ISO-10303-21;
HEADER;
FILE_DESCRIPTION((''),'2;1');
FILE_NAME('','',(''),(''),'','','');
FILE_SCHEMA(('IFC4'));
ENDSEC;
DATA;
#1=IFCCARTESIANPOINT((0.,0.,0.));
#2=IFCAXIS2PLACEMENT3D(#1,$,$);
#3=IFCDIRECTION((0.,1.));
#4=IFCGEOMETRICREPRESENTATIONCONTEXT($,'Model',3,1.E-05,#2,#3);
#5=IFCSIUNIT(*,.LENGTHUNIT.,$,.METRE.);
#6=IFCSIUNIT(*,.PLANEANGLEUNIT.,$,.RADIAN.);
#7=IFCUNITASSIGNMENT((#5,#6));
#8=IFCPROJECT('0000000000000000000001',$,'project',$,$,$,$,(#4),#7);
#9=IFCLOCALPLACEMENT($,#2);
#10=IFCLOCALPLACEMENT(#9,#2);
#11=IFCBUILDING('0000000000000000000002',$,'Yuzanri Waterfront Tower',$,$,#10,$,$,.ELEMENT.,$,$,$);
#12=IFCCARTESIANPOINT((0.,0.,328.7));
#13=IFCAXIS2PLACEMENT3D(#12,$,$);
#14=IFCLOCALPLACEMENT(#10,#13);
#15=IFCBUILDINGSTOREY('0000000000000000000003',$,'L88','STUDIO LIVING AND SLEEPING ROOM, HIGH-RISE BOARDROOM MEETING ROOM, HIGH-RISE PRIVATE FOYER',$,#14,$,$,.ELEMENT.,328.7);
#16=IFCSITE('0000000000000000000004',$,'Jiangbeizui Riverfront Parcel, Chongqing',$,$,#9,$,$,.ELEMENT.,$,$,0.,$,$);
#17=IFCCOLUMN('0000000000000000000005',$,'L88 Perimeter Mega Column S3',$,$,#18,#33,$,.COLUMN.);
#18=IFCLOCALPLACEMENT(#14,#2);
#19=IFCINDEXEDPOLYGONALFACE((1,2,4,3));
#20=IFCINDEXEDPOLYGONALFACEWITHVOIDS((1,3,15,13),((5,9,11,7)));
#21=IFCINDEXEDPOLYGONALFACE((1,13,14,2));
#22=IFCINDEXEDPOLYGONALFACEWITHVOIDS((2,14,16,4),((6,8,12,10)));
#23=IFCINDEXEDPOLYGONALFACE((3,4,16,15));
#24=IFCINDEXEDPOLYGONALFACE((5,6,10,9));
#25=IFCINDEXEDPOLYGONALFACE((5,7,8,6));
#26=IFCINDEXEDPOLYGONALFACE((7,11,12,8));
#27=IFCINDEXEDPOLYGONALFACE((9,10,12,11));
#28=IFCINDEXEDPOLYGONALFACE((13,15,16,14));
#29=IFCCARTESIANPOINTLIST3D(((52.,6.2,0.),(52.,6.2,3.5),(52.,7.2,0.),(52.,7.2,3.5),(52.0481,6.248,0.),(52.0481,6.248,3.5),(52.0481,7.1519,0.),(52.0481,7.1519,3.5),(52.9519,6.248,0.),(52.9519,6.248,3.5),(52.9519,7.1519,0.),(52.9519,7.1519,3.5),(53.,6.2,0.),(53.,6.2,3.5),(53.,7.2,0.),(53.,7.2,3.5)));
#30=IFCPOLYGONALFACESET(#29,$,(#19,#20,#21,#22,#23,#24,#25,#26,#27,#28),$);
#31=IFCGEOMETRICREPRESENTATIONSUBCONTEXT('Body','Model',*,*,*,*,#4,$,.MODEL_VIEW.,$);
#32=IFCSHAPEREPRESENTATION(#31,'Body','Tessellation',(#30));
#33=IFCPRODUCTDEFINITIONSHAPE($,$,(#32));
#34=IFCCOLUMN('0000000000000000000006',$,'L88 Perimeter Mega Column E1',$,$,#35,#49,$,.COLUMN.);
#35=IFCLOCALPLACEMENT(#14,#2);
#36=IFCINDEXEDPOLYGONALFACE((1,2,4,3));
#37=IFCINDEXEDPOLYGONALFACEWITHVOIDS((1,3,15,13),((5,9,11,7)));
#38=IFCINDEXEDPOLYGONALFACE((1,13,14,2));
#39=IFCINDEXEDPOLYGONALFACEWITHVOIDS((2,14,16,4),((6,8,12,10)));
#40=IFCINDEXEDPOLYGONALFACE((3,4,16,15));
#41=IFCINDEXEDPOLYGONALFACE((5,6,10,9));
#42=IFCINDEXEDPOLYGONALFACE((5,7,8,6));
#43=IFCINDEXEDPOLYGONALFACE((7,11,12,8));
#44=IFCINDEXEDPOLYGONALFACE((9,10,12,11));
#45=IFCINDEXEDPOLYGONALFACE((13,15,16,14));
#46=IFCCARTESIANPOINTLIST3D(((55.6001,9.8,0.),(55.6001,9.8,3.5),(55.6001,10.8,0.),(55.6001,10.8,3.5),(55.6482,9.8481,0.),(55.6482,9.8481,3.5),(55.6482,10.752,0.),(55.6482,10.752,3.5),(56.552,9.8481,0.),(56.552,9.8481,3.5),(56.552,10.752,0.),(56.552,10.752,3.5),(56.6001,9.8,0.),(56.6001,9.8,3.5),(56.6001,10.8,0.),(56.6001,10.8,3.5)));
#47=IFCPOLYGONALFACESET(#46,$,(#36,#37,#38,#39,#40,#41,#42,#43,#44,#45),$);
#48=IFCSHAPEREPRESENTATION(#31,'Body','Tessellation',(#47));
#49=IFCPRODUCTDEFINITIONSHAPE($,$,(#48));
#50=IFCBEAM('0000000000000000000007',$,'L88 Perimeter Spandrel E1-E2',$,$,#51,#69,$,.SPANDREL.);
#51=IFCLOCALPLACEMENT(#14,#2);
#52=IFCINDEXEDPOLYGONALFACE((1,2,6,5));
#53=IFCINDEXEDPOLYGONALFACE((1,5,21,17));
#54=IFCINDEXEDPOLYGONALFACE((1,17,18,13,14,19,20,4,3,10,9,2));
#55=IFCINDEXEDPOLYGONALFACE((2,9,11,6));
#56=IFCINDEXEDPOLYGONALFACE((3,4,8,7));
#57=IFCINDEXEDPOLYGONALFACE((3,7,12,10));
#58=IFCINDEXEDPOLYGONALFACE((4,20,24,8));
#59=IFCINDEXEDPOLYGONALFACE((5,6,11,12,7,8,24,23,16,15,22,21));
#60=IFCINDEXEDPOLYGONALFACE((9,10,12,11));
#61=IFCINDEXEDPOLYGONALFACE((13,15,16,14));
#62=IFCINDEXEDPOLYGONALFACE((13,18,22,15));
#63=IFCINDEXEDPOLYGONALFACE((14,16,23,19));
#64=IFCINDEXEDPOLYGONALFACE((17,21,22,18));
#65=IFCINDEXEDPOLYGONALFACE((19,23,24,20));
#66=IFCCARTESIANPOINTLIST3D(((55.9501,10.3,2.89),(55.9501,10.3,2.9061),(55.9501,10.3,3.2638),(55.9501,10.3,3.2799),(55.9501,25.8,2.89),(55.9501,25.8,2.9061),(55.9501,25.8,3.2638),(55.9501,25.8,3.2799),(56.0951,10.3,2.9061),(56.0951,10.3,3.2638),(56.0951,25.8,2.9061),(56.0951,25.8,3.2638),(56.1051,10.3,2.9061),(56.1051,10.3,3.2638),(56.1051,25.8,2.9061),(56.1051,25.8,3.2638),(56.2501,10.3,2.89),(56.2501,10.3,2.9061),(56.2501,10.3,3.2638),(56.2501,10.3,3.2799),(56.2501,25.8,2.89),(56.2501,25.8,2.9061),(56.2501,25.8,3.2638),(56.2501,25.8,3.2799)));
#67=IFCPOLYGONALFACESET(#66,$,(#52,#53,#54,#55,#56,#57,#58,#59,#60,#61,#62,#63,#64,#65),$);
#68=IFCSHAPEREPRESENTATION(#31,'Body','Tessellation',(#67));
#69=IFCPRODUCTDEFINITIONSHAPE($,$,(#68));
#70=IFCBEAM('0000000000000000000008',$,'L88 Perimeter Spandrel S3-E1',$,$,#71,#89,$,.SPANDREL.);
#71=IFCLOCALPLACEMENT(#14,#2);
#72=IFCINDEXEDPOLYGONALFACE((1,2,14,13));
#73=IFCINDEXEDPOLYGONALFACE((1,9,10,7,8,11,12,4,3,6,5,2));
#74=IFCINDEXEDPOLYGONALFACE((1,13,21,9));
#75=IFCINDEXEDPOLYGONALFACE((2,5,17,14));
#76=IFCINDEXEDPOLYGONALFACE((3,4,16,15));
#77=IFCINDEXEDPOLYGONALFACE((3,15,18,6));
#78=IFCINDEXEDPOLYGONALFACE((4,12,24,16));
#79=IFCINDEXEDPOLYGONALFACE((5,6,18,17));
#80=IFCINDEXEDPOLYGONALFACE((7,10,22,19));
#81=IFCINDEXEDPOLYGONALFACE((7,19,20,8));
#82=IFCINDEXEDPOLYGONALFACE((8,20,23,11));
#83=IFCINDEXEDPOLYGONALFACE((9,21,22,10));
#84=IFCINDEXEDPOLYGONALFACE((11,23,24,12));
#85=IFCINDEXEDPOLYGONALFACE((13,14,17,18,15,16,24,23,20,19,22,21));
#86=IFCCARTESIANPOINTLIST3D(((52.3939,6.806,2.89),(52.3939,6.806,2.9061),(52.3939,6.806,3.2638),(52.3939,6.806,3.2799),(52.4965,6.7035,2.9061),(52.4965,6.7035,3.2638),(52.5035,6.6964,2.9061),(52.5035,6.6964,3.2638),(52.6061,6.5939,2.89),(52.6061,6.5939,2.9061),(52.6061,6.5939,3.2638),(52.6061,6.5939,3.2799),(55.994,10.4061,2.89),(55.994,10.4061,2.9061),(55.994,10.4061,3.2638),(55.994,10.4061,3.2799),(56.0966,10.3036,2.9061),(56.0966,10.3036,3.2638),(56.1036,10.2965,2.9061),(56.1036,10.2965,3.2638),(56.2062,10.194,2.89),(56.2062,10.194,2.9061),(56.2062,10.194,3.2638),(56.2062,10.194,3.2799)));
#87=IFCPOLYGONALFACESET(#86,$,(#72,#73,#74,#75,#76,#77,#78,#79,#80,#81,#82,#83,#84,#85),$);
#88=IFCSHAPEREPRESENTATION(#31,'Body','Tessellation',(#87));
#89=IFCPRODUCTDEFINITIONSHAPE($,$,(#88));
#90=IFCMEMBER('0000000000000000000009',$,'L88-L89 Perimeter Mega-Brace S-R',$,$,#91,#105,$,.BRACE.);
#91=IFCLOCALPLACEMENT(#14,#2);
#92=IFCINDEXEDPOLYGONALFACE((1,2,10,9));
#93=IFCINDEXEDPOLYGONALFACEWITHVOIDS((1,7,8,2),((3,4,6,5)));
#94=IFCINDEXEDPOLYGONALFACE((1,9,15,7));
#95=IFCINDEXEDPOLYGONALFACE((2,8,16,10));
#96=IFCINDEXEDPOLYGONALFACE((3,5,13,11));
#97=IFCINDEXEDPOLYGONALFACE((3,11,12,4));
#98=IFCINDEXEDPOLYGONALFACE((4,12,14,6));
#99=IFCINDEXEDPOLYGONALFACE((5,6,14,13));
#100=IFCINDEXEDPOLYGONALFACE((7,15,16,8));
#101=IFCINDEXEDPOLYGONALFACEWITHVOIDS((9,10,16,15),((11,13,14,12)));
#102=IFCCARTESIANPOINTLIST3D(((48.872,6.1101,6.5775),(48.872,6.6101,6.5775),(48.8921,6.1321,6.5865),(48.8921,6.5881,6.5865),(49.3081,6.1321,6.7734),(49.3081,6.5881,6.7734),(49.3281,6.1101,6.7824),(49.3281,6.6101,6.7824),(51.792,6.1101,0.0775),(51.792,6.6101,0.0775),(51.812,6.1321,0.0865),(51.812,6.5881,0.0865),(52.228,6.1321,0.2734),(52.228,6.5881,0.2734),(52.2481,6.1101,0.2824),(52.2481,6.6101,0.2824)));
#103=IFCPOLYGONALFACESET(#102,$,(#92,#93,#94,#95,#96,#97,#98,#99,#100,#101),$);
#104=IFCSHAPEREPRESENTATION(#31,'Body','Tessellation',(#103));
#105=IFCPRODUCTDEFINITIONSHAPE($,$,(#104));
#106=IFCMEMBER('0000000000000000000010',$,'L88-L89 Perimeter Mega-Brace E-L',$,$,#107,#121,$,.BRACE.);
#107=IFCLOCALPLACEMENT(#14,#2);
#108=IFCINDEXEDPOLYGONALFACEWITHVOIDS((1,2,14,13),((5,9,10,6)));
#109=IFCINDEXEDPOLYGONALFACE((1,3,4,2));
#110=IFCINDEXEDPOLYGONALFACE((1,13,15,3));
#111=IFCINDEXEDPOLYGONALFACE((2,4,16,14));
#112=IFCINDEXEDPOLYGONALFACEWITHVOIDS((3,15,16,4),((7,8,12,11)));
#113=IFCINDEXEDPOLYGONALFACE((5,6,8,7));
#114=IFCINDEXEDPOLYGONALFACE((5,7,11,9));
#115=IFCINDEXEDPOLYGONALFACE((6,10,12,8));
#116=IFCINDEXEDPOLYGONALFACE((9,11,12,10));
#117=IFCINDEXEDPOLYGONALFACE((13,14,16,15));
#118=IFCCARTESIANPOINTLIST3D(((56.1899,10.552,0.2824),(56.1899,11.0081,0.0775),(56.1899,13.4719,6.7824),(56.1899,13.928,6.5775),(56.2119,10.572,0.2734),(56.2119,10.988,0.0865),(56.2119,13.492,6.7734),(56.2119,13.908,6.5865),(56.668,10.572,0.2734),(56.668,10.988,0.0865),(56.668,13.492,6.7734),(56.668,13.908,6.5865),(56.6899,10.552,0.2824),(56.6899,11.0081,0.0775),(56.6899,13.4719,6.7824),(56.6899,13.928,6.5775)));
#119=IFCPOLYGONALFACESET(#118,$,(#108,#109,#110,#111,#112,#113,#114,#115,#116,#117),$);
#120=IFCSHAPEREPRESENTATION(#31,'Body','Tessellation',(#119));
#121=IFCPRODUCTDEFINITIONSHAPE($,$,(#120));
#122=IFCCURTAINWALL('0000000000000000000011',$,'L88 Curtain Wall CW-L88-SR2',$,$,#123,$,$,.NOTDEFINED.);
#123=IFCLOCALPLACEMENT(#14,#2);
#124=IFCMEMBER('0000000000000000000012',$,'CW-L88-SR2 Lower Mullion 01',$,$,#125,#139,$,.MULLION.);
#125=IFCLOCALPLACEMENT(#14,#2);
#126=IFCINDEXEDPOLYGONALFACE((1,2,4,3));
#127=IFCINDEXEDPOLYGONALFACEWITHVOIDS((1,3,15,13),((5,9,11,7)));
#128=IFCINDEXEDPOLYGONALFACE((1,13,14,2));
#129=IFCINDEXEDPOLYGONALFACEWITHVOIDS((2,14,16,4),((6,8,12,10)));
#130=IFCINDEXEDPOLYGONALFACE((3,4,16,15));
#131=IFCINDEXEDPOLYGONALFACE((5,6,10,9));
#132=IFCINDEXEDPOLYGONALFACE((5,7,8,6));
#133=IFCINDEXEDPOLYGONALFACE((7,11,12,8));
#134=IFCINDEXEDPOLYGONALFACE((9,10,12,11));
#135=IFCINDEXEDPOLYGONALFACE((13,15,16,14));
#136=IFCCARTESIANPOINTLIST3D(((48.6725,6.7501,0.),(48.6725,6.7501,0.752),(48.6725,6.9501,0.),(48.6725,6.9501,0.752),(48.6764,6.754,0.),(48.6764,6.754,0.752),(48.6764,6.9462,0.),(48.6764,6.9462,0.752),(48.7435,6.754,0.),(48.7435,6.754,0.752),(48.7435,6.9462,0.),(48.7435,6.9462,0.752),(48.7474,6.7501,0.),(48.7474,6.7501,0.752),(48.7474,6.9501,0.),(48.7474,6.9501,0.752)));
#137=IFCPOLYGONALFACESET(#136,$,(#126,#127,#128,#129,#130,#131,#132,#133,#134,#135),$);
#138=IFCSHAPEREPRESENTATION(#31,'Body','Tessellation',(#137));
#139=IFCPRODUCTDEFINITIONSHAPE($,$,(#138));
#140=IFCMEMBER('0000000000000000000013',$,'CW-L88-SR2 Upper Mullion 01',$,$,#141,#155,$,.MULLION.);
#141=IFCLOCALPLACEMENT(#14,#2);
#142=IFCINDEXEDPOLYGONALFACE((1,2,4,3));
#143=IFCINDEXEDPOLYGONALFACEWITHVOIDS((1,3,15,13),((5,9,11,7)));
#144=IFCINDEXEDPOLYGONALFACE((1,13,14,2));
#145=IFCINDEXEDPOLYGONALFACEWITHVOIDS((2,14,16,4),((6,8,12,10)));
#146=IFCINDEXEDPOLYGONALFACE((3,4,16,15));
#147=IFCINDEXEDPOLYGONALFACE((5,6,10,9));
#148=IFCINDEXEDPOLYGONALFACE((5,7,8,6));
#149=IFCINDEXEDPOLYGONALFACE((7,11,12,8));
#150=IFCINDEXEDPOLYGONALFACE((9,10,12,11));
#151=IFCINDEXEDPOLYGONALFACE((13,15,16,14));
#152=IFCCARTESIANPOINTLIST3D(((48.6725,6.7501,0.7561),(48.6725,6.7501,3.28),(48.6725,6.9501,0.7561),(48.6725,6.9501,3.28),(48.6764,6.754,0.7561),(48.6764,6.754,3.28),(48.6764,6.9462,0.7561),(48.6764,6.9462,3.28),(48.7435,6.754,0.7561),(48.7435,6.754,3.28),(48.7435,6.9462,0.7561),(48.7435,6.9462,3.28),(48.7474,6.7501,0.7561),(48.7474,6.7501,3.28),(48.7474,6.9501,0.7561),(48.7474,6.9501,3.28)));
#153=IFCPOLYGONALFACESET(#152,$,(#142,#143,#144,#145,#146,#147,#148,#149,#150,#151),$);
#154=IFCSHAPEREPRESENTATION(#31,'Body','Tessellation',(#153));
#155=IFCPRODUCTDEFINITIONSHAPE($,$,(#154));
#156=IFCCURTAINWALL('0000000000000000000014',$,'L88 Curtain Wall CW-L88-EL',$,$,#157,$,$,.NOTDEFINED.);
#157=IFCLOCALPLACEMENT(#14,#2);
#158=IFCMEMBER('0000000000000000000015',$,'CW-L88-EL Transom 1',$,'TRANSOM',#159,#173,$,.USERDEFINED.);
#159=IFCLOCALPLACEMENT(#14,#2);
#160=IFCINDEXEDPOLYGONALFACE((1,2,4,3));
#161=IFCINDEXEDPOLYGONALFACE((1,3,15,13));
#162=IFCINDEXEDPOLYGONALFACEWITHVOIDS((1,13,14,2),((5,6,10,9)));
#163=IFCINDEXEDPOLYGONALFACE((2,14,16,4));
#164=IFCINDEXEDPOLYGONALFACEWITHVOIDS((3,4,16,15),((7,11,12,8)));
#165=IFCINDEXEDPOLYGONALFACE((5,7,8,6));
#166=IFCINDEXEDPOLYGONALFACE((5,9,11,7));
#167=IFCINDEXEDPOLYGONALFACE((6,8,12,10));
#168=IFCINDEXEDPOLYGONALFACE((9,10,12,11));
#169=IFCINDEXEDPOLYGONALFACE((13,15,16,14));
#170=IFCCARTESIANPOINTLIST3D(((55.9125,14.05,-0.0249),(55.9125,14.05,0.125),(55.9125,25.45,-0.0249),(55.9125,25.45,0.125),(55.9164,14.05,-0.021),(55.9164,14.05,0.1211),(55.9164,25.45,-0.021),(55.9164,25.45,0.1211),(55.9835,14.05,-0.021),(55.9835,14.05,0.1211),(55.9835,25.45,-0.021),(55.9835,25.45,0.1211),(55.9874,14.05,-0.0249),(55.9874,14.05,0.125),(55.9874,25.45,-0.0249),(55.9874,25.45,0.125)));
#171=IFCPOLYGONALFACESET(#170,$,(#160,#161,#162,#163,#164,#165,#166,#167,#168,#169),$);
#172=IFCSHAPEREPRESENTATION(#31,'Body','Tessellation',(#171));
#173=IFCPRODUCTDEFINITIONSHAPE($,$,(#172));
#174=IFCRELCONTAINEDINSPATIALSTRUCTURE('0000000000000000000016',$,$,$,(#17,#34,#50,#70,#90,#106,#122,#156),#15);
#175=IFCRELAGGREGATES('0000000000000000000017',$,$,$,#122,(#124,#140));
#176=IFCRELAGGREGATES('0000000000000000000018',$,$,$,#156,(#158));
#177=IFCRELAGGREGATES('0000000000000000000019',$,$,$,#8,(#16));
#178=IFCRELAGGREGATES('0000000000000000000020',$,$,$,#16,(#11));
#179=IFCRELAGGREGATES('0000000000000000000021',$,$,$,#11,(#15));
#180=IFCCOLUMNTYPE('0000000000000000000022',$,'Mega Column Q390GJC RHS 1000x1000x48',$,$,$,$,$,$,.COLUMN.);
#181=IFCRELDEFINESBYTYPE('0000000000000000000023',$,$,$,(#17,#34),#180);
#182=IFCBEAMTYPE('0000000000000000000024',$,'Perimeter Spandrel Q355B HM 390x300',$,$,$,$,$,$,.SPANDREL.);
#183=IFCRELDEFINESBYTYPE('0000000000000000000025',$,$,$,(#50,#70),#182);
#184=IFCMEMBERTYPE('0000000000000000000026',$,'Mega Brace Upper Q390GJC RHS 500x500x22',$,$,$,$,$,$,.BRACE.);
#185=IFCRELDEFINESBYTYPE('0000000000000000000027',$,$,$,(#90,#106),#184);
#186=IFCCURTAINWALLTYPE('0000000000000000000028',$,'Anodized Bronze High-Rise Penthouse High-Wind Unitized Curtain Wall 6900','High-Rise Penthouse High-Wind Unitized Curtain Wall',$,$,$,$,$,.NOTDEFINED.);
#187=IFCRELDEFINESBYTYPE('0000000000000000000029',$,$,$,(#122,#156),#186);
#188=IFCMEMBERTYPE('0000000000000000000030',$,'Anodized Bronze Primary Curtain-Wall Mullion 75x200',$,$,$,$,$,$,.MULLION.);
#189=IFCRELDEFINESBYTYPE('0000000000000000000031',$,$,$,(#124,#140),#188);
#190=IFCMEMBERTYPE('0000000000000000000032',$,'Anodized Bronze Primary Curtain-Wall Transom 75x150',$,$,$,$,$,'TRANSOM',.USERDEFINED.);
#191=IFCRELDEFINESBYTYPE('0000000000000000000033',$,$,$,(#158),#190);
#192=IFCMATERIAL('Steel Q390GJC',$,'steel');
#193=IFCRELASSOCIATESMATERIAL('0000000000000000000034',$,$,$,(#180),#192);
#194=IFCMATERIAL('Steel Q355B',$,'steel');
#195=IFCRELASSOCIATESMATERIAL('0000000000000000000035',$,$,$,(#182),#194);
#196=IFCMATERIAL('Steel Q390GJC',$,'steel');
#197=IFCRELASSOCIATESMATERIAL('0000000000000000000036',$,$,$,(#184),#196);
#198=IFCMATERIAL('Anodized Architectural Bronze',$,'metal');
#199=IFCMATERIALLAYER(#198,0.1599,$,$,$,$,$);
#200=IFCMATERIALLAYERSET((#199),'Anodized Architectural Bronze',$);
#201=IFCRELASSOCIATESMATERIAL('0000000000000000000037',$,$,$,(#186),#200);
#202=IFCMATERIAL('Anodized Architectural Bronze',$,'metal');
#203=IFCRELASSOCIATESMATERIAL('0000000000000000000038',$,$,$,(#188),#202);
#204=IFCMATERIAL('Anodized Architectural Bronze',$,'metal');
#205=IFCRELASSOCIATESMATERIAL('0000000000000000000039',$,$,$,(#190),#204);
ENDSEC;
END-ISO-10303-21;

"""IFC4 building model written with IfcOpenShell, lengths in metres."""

from ifc_helpers import new_model, si_unit, direction, frame, origin, origin_2d, place, context, subcontext, project, spatial, hollow_rectangle, i_section, extrude, source, transform, mapped, material, layer, layer_set, material_profile, profile_set, type_object, element, aggregate, save


model = new_model("IFC4")

# Units and contexts
model_context = context("Model", 3, precision=1e-05, world=origin(), true_north=direction((0.0, 1.0)))
body_context = subcontext(model_context, "Body", "Model", "MODEL_VIEW")
ifc_project = project(units=[si_unit("LENGTHUNIT", "METRE"), si_unit("PLANEANGLEUNIT", "RADIAN")], contexts=[model_context])

# Site, building, storey
site_placement = place(None, origin())
site = spatial("IfcSite", under=ifc_project, at=site_placement, Name="Jiangbeizui Riverfront Parcel, Chongqing", CompositionType="ELEMENT", RefElevation=0.0)
building_placement = place(site_placement, origin())
building = spatial("IfcBuilding", under=site, at=building_placement, Name="Yuzanri Waterfront Tower", CompositionType="ELEMENT")
storey_placement = place(building_placement, frame((0.0, 0.0, 328.7)))
storey = spatial("IfcBuildingStorey", under=building, at=storey_placement, Name="L88", Description="STUDIO LIVING AND SLEEPING ROOM, HIGH-RISE BOARDROOM MEETING ROOM, HIGH-RISE PRIVATE FOYER", CompositionType="ELEMENT", Elevation=328.7)

# Columns
ifc_material_1 = material(Name="Steel Q390GJC", Category="steel")
ifc_material_profile_1 = material_profile(ifc_material_1, hollow_rectangle(XDim=1.0, YDim=1.0, WallThickness=0.0481, at=origin_2d()), Name="RHS 1000x1000x48")
ifc_profile_set_1 = profile_set([ifc_material_profile_1], Name="Steel Q390GJC")
column_type = type_object("IfcColumnType", Name="Mega Column Q390GJC RHS 1000x1000x48", PredefinedType="COLUMN", material=ifc_profile_set_1)
shared_shape_1 = source(origin(), body_context, "Body", "SweptSolid", [
    extrude(hollow_rectangle(XDim=1.0, YDim=1.0, WallThickness=0.0481, at=origin_2d()), origin(), (0.0, 0.0, 1.0), 3.5),
])
for number, where, z_axis, x_axis, name in (
    (1, (52.5, 6.7, 0.0), (0.0, 0.0, 1.0), (1.0, 0.0, 0.0), "L88 Perimeter Mega Column S3"),
    (2, (56.1001, 10.3, 0.0), (0.0, 0.0, 1.0), (1.0, 0.0, 0.0), "L88 Perimeter Mega Column E1"),
):
    element("IfcColumn", number, at=place(storey_placement, frame(where, z_axis=z_axis, x_axis=x_axis)), inside=storey, type_object=column_type, Name=name, PredefinedType="COLUMN", context=body_context, shape_type="MappedRepresentation", body=[
        mapped(shared_shape_1, transform((0.0, 0.0, 0.0), scale=1.0)),
    ])

# Beams
ifc_material_2 = material(Name="Steel Q355B", Category="steel")
ifc_material_profile_2 = material_profile(ifc_material_2, i_section(OverallWidth=0.3, OverallDepth=0.3899, WebThickness=0.01, FlangeThickness=0.0161, at=origin_2d()), Name="HM 390x300x10x16")
ifc_profile_set_2 = profile_set([ifc_material_profile_2], Name="Steel Q355B")
beam_type = type_object("IfcBeamType", Name="Perimeter Spandrel Q355B HM 390x300", PredefinedType="SPANDREL", material=ifc_profile_set_2)
shared_shape_2 = source(origin(), body_context, "Body", "SweptSolid", [
    extrude(i_section(OverallWidth=0.3, OverallDepth=0.3899, WebThickness=0.01, FlangeThickness=0.0161, at=origin_2d()), origin(), (0.0, 0.0, 1.0), 15.5),
])
beam_1_placement = place(storey_placement, frame((56.1001, 10.3, 3.085), z_axis=(0.0, 1.0, 0.0), x_axis=(-1.0, 0.0, 0.0)))
element("IfcBeam", 3, at=beam_1_placement, inside=storey, type_object=beam_type, Name="L88 Perimeter Spandrel E1-E2", PredefinedType="SPANDREL", context=body_context, shape_type="MappedRepresentation", body=[
    mapped(shared_shape_2, transform((0.0, 0.0, 0.0), scale=1.0)),
])
shared_shape_3 = source(origin(), body_context, "Body", "SweptSolid", [
    extrude(i_section(OverallWidth=0.3, OverallDepth=0.3899, WebThickness=0.01, FlangeThickness=0.0161, at=origin_2d()), origin(), (0.0, 0.0, 1.0), 5.0913),
])
beam_2_placement = place(storey_placement, frame((52.5, 6.7, 3.085), z_axis=(0.707107, 0.707107, 0.0), x_axis=(-0.707107, 0.707107, 0.0)))
element("IfcBeam", 4, at=beam_2_placement, inside=storey, type_object=beam_type, Name="L88 Perimeter Spandrel S3-E1", PredefinedType="SPANDREL", context=body_context, shape_type="MappedRepresentation", body=[
    mapped(shared_shape_3, transform((0.0, 0.0, 0.0), scale=1.0)),
])

# Members
ifc_material_3 = material(Name="Steel Q390GJC", Category="steel")
ifc_material_profile_3 = material_profile(ifc_material_3, hollow_rectangle(XDim=0.5, YDim=0.5, WallThickness=0.022, at=origin_2d()), Name="RHS 500x500x22")
ifc_profile_set_3 = profile_set([ifc_material_profile_3], Name="Steel Q390GJC")
member_type_1 = type_object("IfcMemberType", Name="Mega Brace Upper Q390GJC RHS 500x500x22", PredefinedType="BRACE", material=ifc_profile_set_3)
shared_shape_4 = source(origin(), body_context, "Body", "SweptSolid", [
    extrude(hollow_rectangle(XDim=0.5, YDim=0.5, WallThickness=0.022, at=origin_2d()), origin(), (0.0, 0.0, 1.0), 7.1257),
])
for number, where, z_axis, x_axis, name in (
    (5, (52.02, 6.3601, 0.1799), (-0.409772, 0.0, 0.912188), (0.0, -1.0, 0.0), "L88-L89 Perimeter Mega-Brace S-R"),
    (6, (56.4399, 10.78, 0.1799), (0.0, 0.409772, 0.912188), (-1.0, 0.0, 0.0), "L88-L89 Perimeter Mega-Brace E-L"),
):
    element("IfcMember", number, at=place(storey_placement, frame(where, z_axis=z_axis, x_axis=x_axis)), inside=storey, type_object=member_type_1, Name=name, PredefinedType="BRACE", context=body_context, shape_type="MappedRepresentation", body=[
        mapped(shared_shape_4, transform((0.0, 0.0, 0.0), scale=1.0)),
    ])

# Curtain walls, members
ifc_material_4 = material(Name="Anodized Architectural Bronze", Category="metal")
ifc_layer_1 = layer(ifc_material_4, 0.1599)
ifc_layer_set_1 = layer_set([ifc_layer_1], Name="Anodized Architectural Bronze")
curtain_wall_type = type_object("IfcCurtainWallType", Name="Anodized Bronze High-Rise Penthouse High-Wind Unitized Curtain Wall 6900", Description="High-Rise Penthouse High-Wind Unitized Curtain Wall", PredefinedType="NOTDEFINED", material=ifc_layer_set_1)
curtain_wall_1_placement = place(storey_placement, origin())
curtain_wall_1 = element("IfcCurtainWall", 7, at=curtain_wall_1_placement, inside=storey, type_object=curtain_wall_type, Name="L88 Curtain Wall CW-L88-SR2", PredefinedType="NOTDEFINED")
ifc_material_5 = material(Name="Anodized Architectural Bronze", Category="metal")
ifc_material_profile_4 = material_profile(ifc_material_5, hollow_rectangle(XDim=0.075, YDim=0.2, WallThickness=0.0039, at=origin_2d()), Name="CWM 75x200")
ifc_profile_set_4 = profile_set([ifc_material_profile_4], Name="Anodized Architectural Bronze")
member_type_2 = type_object("IfcMemberType", Name="Anodized Bronze Primary Curtain-Wall Mullion 75x200", PredefinedType="MULLION", material=ifc_profile_set_4)
shared_shape_5 = source(origin(), body_context, "Body", "SweptSolid", [
    extrude(hollow_rectangle(XDim=0.075, YDim=0.2, WallThickness=0.0039, at=origin_2d()), origin(), (0.0, 0.0, 1.0), 0.752),
])
member_1_placement = place(storey_placement, frame((48.71, 6.8501, 0.0), z_axis=(0.0, 0.0, 1.0), x_axis=(1.0, 0.0, 0.0)))
member_1 = element("IfcMember", 8, at=member_1_placement, type_object=member_type_2, Name="CW-L88-SR2 Lower Mullion 01", PredefinedType="MULLION", context=body_context, shape_type="MappedRepresentation", body=[
    mapped(shared_shape_5, transform((0.0, 0.0, 0.0), scale=1.0)),
])
shared_shape_6 = source(origin(), body_context, "Body", "SweptSolid", [
    extrude(hollow_rectangle(XDim=0.075, YDim=0.2, WallThickness=0.0039, at=origin_2d()), origin(), (0.0, 0.0, 1.0), 2.5239),
])
member_2_placement = place(storey_placement, frame((48.71, 6.8501, 0.7561), z_axis=(0.0, 0.0, 1.0), x_axis=(1.0, 0.0, 0.0)))
member_2 = element("IfcMember", 9, at=member_2_placement, type_object=member_type_2, Name="CW-L88-SR2 Upper Mullion 01", PredefinedType="MULLION", context=body_context, shape_type="MappedRepresentation", body=[
    mapped(shared_shape_6, transform((0.0, 0.0, 0.0), scale=1.0)),
])
aggregate(curtain_wall_1, [member_1, member_2])
curtain_wall_2_placement = place(storey_placement, origin())
curtain_wall_2 = element("IfcCurtainWall", 10, at=curtain_wall_2_placement, inside=storey, type_object=curtain_wall_type, Name="L88 Curtain Wall CW-L88-EL", PredefinedType="NOTDEFINED")
ifc_material_6 = material(Name="Anodized Architectural Bronze", Category="metal")
ifc_material_profile_5 = material_profile(ifc_material_6, hollow_rectangle(XDim=0.075, YDim=0.1499, WallThickness=0.0039, at=origin_2d()), Name="CWT 75x150")
ifc_profile_set_5 = profile_set([ifc_material_profile_5], Name="Anodized Architectural Bronze")
member_type_3 = type_object("IfcMemberType", Name="Anodized Bronze Primary Curtain-Wall Transom 75x150", ElementType="TRANSOM", PredefinedType="USERDEFINED", material=ifc_profile_set_5)
shared_shape_7 = source(origin(), body_context, "Body", "SweptSolid", [
    extrude(hollow_rectangle(XDim=0.075, YDim=0.1499, WallThickness=0.0039, at=origin_2d()), origin(), (0.0, 0.0, 1.0), 11.3999),
])
member_3_placement = place(storey_placement, frame((55.95, 14.05, 0.05), z_axis=(0.0, 1.0, 0.0), x_axis=(-1.0, 0.0, 0.0)))
member_3 = element("IfcMember", 11, at=member_3_placement, type_object=member_type_3, Name="CW-L88-EL Transom 1", ObjectType="TRANSOM", PredefinedType="USERDEFINED", context=body_context, shape_type="MappedRepresentation", body=[
    mapped(shared_shape_7, transform((0.0, 0.0, 0.0), scale=1.0)),
])
aggregate(curtain_wall_2, [member_3])

save(model, "model.ifc")
